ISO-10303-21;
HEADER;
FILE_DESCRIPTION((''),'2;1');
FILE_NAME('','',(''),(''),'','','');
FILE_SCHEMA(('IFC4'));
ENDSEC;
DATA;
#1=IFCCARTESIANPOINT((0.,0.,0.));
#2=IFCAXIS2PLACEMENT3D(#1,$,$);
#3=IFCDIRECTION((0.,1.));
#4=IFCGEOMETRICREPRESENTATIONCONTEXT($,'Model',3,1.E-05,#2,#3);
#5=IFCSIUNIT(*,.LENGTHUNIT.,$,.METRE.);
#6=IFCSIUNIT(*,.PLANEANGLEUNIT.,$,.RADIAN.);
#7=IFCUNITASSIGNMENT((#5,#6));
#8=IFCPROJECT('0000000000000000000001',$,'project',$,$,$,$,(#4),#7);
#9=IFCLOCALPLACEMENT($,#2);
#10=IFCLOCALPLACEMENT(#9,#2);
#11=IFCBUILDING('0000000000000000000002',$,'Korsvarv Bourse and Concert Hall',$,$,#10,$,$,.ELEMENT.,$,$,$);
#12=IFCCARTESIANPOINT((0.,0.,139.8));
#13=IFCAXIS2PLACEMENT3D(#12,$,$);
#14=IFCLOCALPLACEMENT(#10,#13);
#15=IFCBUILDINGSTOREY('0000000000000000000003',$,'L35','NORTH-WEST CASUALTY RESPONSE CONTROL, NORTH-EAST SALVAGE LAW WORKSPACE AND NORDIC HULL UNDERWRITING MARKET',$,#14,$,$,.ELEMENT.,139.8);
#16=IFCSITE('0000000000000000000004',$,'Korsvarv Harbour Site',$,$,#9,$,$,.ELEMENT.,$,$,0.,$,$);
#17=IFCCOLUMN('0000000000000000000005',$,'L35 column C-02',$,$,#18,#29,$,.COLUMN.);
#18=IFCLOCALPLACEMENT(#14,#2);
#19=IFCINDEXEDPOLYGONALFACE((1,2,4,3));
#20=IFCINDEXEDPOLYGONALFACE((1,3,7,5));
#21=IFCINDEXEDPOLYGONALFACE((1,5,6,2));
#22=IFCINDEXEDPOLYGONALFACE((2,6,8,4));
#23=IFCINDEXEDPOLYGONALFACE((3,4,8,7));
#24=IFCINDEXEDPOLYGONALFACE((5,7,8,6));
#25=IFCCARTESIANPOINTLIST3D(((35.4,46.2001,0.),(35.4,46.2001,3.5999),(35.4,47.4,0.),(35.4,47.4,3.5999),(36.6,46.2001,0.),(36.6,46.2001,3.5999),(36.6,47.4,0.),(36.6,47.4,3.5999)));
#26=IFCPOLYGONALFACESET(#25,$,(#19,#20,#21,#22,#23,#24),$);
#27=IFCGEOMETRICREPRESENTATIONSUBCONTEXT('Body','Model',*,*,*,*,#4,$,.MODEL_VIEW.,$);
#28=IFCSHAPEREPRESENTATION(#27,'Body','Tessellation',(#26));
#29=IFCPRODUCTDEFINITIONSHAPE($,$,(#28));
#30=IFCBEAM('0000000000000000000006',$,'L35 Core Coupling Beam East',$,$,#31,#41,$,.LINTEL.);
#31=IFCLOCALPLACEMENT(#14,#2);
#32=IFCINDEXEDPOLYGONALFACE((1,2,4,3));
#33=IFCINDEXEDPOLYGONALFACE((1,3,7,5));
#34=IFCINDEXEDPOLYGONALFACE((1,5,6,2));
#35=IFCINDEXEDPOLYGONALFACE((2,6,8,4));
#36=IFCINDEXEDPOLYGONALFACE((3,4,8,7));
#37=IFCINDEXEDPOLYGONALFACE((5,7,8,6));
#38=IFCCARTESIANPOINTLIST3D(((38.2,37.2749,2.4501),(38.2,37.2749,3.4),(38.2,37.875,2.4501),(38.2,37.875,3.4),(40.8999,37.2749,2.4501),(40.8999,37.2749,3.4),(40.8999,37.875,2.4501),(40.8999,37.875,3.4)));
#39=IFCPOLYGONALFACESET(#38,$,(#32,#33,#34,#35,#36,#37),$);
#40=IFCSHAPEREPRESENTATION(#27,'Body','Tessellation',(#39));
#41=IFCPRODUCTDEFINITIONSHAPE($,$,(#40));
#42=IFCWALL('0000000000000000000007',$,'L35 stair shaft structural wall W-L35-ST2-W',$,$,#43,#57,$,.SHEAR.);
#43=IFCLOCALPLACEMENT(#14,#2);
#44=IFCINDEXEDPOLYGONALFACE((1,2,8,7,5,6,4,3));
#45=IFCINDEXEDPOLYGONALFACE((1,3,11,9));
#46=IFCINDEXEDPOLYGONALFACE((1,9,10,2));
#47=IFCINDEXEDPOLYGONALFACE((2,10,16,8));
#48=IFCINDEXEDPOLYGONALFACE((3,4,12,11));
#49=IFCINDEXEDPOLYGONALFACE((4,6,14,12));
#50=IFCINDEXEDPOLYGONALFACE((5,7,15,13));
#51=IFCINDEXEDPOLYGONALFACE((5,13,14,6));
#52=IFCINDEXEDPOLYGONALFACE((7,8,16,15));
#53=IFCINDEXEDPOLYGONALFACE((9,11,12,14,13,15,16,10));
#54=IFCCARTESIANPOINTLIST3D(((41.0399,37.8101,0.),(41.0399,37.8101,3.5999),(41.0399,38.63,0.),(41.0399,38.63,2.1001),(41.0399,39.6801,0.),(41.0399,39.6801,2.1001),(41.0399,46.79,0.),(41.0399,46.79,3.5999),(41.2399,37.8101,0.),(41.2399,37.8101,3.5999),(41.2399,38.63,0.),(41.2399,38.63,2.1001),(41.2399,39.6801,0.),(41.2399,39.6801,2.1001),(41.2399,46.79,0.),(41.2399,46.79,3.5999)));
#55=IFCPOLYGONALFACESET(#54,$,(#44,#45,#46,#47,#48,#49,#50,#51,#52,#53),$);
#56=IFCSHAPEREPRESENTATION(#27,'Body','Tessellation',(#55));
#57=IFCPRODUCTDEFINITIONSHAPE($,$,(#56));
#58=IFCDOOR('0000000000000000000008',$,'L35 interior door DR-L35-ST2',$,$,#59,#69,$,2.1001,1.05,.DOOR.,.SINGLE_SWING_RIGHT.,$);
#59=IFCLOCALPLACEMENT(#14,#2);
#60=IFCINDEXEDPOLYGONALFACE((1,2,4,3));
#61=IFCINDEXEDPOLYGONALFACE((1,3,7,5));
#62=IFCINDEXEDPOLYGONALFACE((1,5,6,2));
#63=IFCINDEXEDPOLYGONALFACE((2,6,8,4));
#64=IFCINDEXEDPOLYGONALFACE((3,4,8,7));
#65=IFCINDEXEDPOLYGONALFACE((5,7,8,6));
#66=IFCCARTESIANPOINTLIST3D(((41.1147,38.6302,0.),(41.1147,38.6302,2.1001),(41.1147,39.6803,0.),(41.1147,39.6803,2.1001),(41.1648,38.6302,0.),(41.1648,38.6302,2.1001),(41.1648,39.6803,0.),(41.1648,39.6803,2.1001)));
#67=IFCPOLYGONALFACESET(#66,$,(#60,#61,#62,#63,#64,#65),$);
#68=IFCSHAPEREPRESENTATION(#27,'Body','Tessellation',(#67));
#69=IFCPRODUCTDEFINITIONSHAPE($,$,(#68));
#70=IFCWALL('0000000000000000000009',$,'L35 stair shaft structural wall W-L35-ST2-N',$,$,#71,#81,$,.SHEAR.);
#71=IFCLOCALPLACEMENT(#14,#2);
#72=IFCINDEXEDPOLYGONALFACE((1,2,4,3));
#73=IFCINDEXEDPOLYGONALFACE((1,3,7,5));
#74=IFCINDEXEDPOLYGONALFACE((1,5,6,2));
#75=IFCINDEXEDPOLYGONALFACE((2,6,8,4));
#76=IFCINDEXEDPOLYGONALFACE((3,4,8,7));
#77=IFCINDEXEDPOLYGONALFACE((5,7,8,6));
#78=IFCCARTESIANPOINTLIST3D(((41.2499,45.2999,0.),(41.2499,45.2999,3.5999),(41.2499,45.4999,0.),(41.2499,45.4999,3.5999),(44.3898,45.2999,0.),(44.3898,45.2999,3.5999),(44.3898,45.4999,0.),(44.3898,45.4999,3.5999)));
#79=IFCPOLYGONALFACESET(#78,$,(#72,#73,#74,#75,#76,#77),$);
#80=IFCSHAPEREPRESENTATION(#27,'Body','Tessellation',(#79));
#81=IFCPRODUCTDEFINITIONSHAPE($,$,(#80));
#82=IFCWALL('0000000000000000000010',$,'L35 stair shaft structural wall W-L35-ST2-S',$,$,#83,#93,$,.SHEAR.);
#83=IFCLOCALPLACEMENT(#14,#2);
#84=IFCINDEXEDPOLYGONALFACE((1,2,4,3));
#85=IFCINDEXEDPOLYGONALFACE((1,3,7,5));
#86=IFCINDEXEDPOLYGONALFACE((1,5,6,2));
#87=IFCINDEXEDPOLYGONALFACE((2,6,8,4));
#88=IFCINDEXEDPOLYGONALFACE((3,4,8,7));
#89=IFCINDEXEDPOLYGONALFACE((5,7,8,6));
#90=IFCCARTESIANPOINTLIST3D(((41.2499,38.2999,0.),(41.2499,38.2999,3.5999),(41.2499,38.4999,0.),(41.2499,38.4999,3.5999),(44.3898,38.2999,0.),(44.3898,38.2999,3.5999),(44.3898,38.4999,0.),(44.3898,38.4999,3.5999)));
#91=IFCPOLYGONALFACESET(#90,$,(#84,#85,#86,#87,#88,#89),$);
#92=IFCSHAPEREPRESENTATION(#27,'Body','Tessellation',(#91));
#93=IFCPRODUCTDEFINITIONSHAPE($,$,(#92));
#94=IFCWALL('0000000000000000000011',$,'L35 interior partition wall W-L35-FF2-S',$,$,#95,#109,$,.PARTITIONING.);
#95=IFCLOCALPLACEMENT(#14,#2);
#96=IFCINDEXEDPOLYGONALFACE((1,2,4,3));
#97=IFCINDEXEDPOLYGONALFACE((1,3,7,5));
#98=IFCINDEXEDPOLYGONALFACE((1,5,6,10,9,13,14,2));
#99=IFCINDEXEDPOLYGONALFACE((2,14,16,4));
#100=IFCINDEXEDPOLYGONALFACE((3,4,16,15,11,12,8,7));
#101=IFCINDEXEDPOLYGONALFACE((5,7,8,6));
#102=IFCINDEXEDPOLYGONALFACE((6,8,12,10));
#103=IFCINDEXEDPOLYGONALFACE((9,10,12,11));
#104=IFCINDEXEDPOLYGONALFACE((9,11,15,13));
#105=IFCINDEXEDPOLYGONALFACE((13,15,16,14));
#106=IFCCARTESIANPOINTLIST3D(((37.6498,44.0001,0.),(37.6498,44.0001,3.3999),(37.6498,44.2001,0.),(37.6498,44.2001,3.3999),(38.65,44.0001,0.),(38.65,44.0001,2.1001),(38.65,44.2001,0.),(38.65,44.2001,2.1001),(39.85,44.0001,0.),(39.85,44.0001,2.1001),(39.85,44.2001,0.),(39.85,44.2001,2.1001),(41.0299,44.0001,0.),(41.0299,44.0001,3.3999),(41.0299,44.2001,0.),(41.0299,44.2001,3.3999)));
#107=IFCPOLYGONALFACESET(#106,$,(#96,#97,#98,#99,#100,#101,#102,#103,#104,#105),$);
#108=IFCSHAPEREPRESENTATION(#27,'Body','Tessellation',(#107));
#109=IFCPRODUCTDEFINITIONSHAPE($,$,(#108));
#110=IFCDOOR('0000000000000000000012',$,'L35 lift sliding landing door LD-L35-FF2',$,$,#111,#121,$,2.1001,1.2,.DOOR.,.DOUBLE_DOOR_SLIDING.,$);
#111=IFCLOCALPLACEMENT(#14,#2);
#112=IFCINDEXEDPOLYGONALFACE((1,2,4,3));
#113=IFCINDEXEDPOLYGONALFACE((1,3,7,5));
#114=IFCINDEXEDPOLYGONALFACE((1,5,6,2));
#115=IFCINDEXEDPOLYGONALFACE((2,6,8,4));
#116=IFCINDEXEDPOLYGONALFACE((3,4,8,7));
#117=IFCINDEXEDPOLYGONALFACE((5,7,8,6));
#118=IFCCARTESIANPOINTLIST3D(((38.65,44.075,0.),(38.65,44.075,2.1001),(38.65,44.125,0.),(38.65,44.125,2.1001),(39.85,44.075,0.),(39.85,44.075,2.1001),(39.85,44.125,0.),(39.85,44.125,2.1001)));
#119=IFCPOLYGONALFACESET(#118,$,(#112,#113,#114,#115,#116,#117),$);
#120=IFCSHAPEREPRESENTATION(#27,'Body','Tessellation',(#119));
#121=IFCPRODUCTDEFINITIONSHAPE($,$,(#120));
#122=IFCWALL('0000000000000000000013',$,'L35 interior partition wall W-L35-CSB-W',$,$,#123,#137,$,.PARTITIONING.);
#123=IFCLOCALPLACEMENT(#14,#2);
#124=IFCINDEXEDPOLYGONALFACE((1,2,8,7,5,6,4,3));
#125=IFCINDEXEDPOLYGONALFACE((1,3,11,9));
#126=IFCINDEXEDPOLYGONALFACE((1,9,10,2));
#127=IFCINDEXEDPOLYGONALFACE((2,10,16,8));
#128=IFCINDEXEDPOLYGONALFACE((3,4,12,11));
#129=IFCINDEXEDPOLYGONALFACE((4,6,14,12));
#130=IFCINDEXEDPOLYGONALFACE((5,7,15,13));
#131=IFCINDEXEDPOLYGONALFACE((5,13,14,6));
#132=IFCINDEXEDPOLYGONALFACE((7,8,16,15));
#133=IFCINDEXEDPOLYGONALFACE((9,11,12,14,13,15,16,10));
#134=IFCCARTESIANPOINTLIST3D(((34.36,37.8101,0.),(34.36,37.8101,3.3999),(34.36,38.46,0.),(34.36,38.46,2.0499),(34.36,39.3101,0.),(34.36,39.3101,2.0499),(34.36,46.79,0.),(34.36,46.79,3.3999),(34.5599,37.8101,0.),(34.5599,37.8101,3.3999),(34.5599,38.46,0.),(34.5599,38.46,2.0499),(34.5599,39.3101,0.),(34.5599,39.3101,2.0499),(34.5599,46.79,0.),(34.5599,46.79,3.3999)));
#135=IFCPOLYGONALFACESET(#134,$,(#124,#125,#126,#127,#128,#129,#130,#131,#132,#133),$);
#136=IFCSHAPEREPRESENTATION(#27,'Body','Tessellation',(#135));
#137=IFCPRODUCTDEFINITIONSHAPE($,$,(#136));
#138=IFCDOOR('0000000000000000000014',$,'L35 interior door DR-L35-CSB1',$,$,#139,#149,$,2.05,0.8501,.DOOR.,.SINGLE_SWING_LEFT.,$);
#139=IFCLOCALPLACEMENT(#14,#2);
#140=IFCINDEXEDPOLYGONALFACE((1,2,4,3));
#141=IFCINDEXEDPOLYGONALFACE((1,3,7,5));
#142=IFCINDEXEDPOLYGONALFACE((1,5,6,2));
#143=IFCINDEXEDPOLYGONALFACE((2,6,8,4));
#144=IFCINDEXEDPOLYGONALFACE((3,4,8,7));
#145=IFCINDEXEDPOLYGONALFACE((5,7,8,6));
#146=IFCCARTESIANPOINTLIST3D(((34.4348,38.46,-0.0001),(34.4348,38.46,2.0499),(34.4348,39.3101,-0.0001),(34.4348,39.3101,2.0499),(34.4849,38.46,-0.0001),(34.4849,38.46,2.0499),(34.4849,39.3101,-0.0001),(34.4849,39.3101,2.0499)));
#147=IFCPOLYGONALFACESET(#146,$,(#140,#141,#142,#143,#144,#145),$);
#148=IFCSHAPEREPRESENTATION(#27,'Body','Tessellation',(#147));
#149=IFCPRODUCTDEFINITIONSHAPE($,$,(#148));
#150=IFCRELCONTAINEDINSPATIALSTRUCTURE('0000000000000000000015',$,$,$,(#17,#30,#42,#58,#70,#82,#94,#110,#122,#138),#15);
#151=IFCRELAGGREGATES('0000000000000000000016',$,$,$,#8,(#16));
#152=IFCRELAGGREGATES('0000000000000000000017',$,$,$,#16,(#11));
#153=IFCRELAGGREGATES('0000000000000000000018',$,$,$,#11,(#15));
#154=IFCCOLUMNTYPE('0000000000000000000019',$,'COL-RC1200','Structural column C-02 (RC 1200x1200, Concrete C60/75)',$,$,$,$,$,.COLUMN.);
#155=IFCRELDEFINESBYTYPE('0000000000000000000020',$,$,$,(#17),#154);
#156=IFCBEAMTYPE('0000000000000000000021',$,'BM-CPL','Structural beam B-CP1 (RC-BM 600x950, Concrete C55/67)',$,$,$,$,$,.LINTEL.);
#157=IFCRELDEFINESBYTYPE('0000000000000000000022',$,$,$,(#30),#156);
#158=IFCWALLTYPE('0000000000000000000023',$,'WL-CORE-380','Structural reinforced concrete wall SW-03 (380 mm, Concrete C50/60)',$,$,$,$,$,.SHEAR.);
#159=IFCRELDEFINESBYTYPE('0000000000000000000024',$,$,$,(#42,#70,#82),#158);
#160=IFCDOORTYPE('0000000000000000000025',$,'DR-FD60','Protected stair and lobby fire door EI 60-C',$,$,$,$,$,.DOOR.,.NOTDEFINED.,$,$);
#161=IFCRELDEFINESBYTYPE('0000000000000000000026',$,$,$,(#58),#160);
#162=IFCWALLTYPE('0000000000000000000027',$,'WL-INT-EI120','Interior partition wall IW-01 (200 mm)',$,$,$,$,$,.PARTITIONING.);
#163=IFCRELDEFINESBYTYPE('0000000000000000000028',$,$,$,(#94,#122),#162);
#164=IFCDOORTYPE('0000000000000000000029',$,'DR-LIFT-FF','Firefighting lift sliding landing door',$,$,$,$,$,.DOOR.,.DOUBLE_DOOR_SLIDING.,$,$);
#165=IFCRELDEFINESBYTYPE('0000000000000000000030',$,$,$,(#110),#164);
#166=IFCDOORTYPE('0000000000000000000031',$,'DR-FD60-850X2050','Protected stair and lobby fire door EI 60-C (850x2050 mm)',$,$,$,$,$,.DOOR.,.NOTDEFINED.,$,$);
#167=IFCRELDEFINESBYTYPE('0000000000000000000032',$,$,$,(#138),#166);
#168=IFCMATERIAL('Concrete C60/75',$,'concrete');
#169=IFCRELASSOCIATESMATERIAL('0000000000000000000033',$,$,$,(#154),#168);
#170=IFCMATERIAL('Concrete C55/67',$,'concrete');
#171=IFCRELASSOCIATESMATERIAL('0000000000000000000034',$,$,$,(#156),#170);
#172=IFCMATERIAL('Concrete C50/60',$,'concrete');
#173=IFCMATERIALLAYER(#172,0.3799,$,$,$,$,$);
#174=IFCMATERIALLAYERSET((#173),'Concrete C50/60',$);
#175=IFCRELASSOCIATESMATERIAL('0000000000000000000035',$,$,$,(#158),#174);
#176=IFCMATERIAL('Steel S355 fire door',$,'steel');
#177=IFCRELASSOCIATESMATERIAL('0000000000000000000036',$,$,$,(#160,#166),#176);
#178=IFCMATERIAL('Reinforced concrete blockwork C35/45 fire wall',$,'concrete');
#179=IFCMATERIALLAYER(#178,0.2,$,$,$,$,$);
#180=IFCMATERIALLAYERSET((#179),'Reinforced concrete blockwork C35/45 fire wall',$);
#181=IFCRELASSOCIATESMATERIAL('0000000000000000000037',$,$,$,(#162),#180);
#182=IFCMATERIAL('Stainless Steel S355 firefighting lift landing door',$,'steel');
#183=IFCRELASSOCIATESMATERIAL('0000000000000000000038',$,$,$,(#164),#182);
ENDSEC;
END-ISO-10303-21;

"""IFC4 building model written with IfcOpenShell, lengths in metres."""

from ifc_helpers import new_model, si_unit, direction, frame, frame_2d, origin, origin_2d, place, context, subcontext, project, spatial, rectangle, extrude, source, transform, mapped, material, layer, layer_set, material_profile, profile_set, type_object, element, fill, save


model = new_model("IFC4")

# Units and contexts
model_context = context("Model", 3, precision=1e-05, world=origin(), true_north=direction((0.0, 1.0)))
body_context = subcontext(model_context, "Body", "Model", "MODEL_VIEW")
ifc_project = project(units=[si_unit("LENGTHUNIT", "METRE"), si_unit("PLANEANGLEUNIT", "RADIAN")], contexts=[model_context])

# Site, building, storey
site_placement = place(None, origin())
site = spatial("IfcSite", under=ifc_project, at=site_placement, Name="Korsvarv Harbour Site", CompositionType="ELEMENT", RefElevation=0.0)
building_placement = place(site_placement, origin())
building = spatial("IfcBuilding", under=site, at=building_placement, Name="Korsvarv Bourse and Concert Hall", CompositionType="ELEMENT")
storey_placement = place(building_placement, frame((0.0, 0.0, 139.8)))
storey = spatial("IfcBuildingStorey", under=building, at=storey_placement, Name="L35", Description="NORTH-WEST CASUALTY RESPONSE CONTROL, NORTH-EAST SALVAGE LAW WORKSPACE AND NORDIC HULL UNDERWRITING MARKET", CompositionType="ELEMENT", Elevation=139.8)

# Column
ifc_material_1 = material(Name="Concrete C60/75", Category="concrete")
ifc_material_profile_1 = material_profile(ifc_material_1, rectangle(XDim=1.2, YDim=1.2, at=origin_2d()), Name="RC 1200x1200")
ifc_profile_set_1 = profile_set([ifc_material_profile_1], Name="Concrete C60/75")
column_type = type_object("IfcColumnType", Name="COL-RC1200", Description="Structural column C-02 (RC 1200x1200, Concrete C60/75)", PredefinedType="COLUMN", material=ifc_profile_set_1)
shared_shape_1 = source(origin(), body_context, "Body", "SweptSolid", [
    extrude(rectangle(XDim=1.2, YDim=1.2, at=origin_2d()), origin(), (0.0, 0.0, 1.0), 3.5999),
])
column_placement = place(storey_placement, frame((36.0, 46.8, 0.0), z_axis=(0.0, 0.0, 1.0), x_axis=(1.0, 0.0, 0.0)))
element("IfcColumn", 1, at=column_placement, inside=storey, type_object=column_type, Name="L35 column C-02", PredefinedType="COLUMN", context=body_context, shape_type="MappedRepresentation", body=[
    mapped(shared_shape_1, transform((0.0, 0.0, 0.0), scale=1.0)),
])

# Beam
ifc_material_2 = material(Name="Concrete C55/67", Category="concrete")
ifc_material_profile_2 = material_profile(ifc_material_2, rectangle(XDim=0.6001, YDim=0.95, at=origin_2d()), Name="RC-BM 600x950")
ifc_profile_set_2 = profile_set([ifc_material_profile_2], Name="Concrete C55/67")
beam_type = type_object("IfcBeamType", Name="BM-CPL", Description="Structural beam B-CP1 (RC-BM 600x950, Concrete C55/67)", PredefinedType="LINTEL", material=ifc_profile_set_2)
shared_shape_2 = source(origin(), body_context, "Body", "SweptSolid", [
    extrude(rectangle(XDim=0.6001, YDim=0.95, at=origin_2d()), origin(), (0.0, 0.0, 1.0), 2.7),
])
beam_placement = place(storey_placement, frame((38.2, 37.575, 2.925), z_axis=(1.0, 0.0, 0.0), x_axis=(0.0, 1.0, 0.0)))
element("IfcBeam", 2, at=beam_placement, inside=storey, type_object=beam_type, Name="L35 Core Coupling Beam East", PredefinedType="LINTEL", context=body_context, shape_type="MappedRepresentation", body=[
    mapped(shared_shape_2, transform((0.0, 0.0, 0.0), scale=1.0)),
])

# Wall, opening, door
ifc_material_3 = material(Name="Concrete C50/60", Category="concrete")
ifc_layer_1 = layer(ifc_material_3, 0.3799)
ifc_layer_set_1 = layer_set([ifc_layer_1], Name="Concrete C50/60")
wall_type_1 = type_object("IfcWallType", Name="WL-CORE-380", Description="Structural reinforced concrete wall SW-03 (380 mm, Concrete C50/60)", PredefinedType="SHEAR", material=ifc_layer_set_1)
wall_1_placement = place(storey_placement, frame((41.1399, 37.8101, 0.0), z_axis=(0.0, 0.0, 1.0), x_axis=(0.0, 1.0, 0.0)))
wall_1 = element("IfcWall", 3, at=wall_1_placement, inside=storey, type_object=wall_type_1, Name="L35 stair shaft structural wall W-L35-ST2-W", PredefinedType="SHEAR", context=body_context, shape_type="SweptSolid", body=[
    extrude(rectangle(XDim=8.98, YDim=0.2, at=frame_2d((4.49, 0.0))), origin(), (0.0, 0.0, 1.0), 3.5999),
])
opening_1_placement = place(wall_1_placement, frame((0.8201, 0.0, 0.0)))
opening_1 = element("IfcOpeningElement", 4, at=opening_1_placement, cuts=wall_1, PredefinedType="OPENING", context=body_context, shape_type="SweptSolid", body=[
    extrude(rectangle(XDim=1.05, YDim=2.1001, at=frame_2d((0.5249, 1.05))), frame((0.0, 0.1099, 0.0), z_axis=(0.0, -1.0, 0.0), x_axis=(1.0, 0.0, 0.0)), (0.0, 0.0, 1.0), 0.22),
])
ifc_material_4 = material(Name="Steel S355 fire door", Category="steel")
door_type_1 = type_object("IfcDoorType", Name="DR-FD60", Description="Protected stair and lobby fire door EI 60-C", OperationType="NOTDEFINED", PredefinedType="DOOR", material=ifc_material_4)
door_1_placement = place(opening_1_placement, frame((1.05, 0.0, 0.0), z_axis=(0.0, 0.0, 1.0), x_axis=(-1.0, 0.0, 0.0)))
door_1 = element("IfcDoor", 5, at=door_1_placement, inside=storey, type_object=door_type_1, Name="L35 interior door DR-L35-ST2", OperationType="SINGLE_SWING_RIGHT", OverallHeight=2.1001, OverallWidth=1.05, PredefinedType="DOOR", context=body_context, shape_type="SweptSolid", body=[
    extrude(rectangle(XDim=1.05, YDim=2.1001, at=frame_2d((0.5249, 1.05))), frame((0.0, 0.0249, 0.0), z_axis=(0.0, -1.0, 0.0), x_axis=(1.0, 0.0, 0.0)), (0.0, 0.0, 1.0), 0.05),
])
fill(opening_1, door_1)

# Walls
for number, where, z_axis, x_axis, name in (
    (6, (41.25, 45.3999, 0.0), (0.0, 0.0, 1.0), (1.0, 0.0, 0.0), "L35 stair shaft structural wall W-L35-ST2-N"),
    (7, (41.25, 38.3999, 0.0), (0.0, 0.0, 1.0), (1.0, 0.0, 0.0), "L35 stair shaft structural wall W-L35-ST2-S"),
):
    element("IfcWall", number, at=place(storey_placement, frame(where, z_axis=z_axis, x_axis=x_axis)), inside=storey, type_object=wall_type_1, Name=name, PredefinedType="SHEAR", context=body_context, shape_type="SweptSolid", body=[
        extrude(rectangle(XDim=3.1399, YDim=0.2, at=frame_2d((1.5698, 0.0))), origin(), (0.0, 0.0, 1.0), 3.5999),
    ])

# Walls, openings, doors
ifc_material_5 = material(Name="Reinforced concrete blockwork C35/45 fire wall", Category="concrete")
ifc_layer_2 = layer(ifc_material_5, 0.2)
ifc_layer_set_2 = layer_set([ifc_layer_2], Name="Reinforced concrete blockwork C35/45 fire wall")
wall_type_2 = type_object("IfcWallType", Name="WL-INT-EI120", Description="Interior partition wall IW-01 (200 mm)", PredefinedType="PARTITIONING", material=ifc_layer_set_2)
wall_2_placement = place(storey_placement, frame((37.6499, 44.1001, 0.0), z_axis=(0.0, 0.0, 1.0), x_axis=(1.0, 0.0, 0.0)))
wall_2 = element("IfcWall", 8, at=wall_2_placement, inside=storey, type_object=wall_type_2, Name="L35 interior partition wall W-L35-FF2-S", PredefinedType="PARTITIONING", context=body_context, shape_type="SweptSolid", body=[
    extrude(rectangle(XDim=3.3801, YDim=0.2, at=frame_2d((1.6899, 0.0))), origin(), (0.0, 0.0, 1.0), 3.3999),
])
opening_2_placement = place(wall_2_placement, frame((1.0, 0.0, 0.0)))
opening_2 = element("IfcOpeningElement", 9, at=opening_2_placement, cuts=wall_2, PredefinedType="OPENING", context=body_context, shape_type="SweptSolid", body=[
    extrude(rectangle(XDim=1.2, YDim=2.1001, at=frame_2d((0.6001, 1.05))), frame((0.0, 0.1099, 0.0), z_axis=(0.0, -1.0, 0.0), x_axis=(1.0, 0.0, 0.0)), (0.0, 0.0, 1.0), 0.22),
])
ifc_material_6 = material(Name="Stainless Steel S355 firefighting lift landing door", Category="steel")
door_type_2 = type_object("IfcDoorType", Name="DR-LIFT-FF", Description="Firefighting lift sliding landing door", OperationType="DOUBLE_DOOR_SLIDING", PredefinedType="DOOR", material=ifc_material_6)
door_2_placement = place(opening_2_placement, origin())
door_2 = element("IfcDoor", 10, at=door_2_placement, inside=storey, type_object=door_type_2, Name="L35 lift sliding landing door LD-L35-FF2", OperationType="DOUBLE_DOOR_SLIDING", OverallHeight=2.1001, OverallWidth=1.2, PredefinedType="DOOR", context=body_context, shape_type="SweptSolid", body=[
    extrude(rectangle(XDim=1.2, YDim=2.1001, at=frame_2d((0.6001, 1.05))), frame((0.0, 0.0249, 0.0), z_axis=(0.0, -1.0, 0.0), x_axis=(1.0, 0.0, 0.0)), (0.0, 0.0, 1.0), 0.05),
])
fill(opening_2, door_2)
wall_3_placement = place(storey_placement, frame((34.46, 37.8101, 0.0), z_axis=(0.0, 0.0, 1.0), x_axis=(0.0, 1.0, 0.0)))
wall_3 = element("IfcWall", 11, at=wall_3_placement, inside=storey, type_object=wall_type_2, Name="L35 interior partition wall W-L35-CSB-W", PredefinedType="PARTITIONING", context=body_context, shape_type="SweptSolid", body=[
    extrude(rectangle(XDim=8.98, YDim=0.2, at=frame_2d((4.49, 0.0))), origin(), (0.0, 0.0, 1.0), 3.3999),
])
opening_3_placement = place(wall_3_placement, frame((0.6499, 0.0, 0.0)))
opening_3 = element("IfcOpeningElement", 12, at=opening_3_placement, cuts=wall_3, PredefinedType="OPENING", context=body_context, shape_type="SweptSolid", body=[
    extrude(rectangle(XDim=0.8501, YDim=2.05, at=frame_2d((0.425, 1.0249))), frame((0.0, 0.1099, 0.0), z_axis=(0.0, -1.0, 0.0), x_axis=(1.0, 0.0, 0.0)), (0.0, 0.0, 1.0), 0.22),
])
door_type_3 = type_object("IfcDoorType", Name="DR-FD60-850X2050", Description="Protected stair and lobby fire door EI 60-C (850x2050 mm)", OperationType="NOTDEFINED", PredefinedType="DOOR", material=ifc_material_4)
door_3_placement = place(opening_3_placement, frame((0.8501, 0.0, 0.0), z_axis=(0.0, 0.0, 1.0), x_axis=(-1.0, 0.0, 0.0)))
door_3 = element("IfcDoor", 13, at=door_3_placement, inside=storey, type_object=door_type_3, Name="L35 interior door DR-L35-CSB1", OperationType="SINGLE_SWING_LEFT", OverallHeight=2.05, OverallWidth=0.8501, PredefinedType="DOOR", context=body_context, shape_type="SweptSolid", body=[
    extrude(rectangle(XDim=0.8501, YDim=2.05, at=frame_2d((0.425, 1.0249))), frame((0.0, 0.0249, 0.0), z_axis=(0.0, -1.0, 0.0), x_axis=(1.0, 0.0, 0.0)), (0.0, 0.0, 1.0), 0.05),
])
fill(opening_3, door_3)

save(model, "model.ifc")
